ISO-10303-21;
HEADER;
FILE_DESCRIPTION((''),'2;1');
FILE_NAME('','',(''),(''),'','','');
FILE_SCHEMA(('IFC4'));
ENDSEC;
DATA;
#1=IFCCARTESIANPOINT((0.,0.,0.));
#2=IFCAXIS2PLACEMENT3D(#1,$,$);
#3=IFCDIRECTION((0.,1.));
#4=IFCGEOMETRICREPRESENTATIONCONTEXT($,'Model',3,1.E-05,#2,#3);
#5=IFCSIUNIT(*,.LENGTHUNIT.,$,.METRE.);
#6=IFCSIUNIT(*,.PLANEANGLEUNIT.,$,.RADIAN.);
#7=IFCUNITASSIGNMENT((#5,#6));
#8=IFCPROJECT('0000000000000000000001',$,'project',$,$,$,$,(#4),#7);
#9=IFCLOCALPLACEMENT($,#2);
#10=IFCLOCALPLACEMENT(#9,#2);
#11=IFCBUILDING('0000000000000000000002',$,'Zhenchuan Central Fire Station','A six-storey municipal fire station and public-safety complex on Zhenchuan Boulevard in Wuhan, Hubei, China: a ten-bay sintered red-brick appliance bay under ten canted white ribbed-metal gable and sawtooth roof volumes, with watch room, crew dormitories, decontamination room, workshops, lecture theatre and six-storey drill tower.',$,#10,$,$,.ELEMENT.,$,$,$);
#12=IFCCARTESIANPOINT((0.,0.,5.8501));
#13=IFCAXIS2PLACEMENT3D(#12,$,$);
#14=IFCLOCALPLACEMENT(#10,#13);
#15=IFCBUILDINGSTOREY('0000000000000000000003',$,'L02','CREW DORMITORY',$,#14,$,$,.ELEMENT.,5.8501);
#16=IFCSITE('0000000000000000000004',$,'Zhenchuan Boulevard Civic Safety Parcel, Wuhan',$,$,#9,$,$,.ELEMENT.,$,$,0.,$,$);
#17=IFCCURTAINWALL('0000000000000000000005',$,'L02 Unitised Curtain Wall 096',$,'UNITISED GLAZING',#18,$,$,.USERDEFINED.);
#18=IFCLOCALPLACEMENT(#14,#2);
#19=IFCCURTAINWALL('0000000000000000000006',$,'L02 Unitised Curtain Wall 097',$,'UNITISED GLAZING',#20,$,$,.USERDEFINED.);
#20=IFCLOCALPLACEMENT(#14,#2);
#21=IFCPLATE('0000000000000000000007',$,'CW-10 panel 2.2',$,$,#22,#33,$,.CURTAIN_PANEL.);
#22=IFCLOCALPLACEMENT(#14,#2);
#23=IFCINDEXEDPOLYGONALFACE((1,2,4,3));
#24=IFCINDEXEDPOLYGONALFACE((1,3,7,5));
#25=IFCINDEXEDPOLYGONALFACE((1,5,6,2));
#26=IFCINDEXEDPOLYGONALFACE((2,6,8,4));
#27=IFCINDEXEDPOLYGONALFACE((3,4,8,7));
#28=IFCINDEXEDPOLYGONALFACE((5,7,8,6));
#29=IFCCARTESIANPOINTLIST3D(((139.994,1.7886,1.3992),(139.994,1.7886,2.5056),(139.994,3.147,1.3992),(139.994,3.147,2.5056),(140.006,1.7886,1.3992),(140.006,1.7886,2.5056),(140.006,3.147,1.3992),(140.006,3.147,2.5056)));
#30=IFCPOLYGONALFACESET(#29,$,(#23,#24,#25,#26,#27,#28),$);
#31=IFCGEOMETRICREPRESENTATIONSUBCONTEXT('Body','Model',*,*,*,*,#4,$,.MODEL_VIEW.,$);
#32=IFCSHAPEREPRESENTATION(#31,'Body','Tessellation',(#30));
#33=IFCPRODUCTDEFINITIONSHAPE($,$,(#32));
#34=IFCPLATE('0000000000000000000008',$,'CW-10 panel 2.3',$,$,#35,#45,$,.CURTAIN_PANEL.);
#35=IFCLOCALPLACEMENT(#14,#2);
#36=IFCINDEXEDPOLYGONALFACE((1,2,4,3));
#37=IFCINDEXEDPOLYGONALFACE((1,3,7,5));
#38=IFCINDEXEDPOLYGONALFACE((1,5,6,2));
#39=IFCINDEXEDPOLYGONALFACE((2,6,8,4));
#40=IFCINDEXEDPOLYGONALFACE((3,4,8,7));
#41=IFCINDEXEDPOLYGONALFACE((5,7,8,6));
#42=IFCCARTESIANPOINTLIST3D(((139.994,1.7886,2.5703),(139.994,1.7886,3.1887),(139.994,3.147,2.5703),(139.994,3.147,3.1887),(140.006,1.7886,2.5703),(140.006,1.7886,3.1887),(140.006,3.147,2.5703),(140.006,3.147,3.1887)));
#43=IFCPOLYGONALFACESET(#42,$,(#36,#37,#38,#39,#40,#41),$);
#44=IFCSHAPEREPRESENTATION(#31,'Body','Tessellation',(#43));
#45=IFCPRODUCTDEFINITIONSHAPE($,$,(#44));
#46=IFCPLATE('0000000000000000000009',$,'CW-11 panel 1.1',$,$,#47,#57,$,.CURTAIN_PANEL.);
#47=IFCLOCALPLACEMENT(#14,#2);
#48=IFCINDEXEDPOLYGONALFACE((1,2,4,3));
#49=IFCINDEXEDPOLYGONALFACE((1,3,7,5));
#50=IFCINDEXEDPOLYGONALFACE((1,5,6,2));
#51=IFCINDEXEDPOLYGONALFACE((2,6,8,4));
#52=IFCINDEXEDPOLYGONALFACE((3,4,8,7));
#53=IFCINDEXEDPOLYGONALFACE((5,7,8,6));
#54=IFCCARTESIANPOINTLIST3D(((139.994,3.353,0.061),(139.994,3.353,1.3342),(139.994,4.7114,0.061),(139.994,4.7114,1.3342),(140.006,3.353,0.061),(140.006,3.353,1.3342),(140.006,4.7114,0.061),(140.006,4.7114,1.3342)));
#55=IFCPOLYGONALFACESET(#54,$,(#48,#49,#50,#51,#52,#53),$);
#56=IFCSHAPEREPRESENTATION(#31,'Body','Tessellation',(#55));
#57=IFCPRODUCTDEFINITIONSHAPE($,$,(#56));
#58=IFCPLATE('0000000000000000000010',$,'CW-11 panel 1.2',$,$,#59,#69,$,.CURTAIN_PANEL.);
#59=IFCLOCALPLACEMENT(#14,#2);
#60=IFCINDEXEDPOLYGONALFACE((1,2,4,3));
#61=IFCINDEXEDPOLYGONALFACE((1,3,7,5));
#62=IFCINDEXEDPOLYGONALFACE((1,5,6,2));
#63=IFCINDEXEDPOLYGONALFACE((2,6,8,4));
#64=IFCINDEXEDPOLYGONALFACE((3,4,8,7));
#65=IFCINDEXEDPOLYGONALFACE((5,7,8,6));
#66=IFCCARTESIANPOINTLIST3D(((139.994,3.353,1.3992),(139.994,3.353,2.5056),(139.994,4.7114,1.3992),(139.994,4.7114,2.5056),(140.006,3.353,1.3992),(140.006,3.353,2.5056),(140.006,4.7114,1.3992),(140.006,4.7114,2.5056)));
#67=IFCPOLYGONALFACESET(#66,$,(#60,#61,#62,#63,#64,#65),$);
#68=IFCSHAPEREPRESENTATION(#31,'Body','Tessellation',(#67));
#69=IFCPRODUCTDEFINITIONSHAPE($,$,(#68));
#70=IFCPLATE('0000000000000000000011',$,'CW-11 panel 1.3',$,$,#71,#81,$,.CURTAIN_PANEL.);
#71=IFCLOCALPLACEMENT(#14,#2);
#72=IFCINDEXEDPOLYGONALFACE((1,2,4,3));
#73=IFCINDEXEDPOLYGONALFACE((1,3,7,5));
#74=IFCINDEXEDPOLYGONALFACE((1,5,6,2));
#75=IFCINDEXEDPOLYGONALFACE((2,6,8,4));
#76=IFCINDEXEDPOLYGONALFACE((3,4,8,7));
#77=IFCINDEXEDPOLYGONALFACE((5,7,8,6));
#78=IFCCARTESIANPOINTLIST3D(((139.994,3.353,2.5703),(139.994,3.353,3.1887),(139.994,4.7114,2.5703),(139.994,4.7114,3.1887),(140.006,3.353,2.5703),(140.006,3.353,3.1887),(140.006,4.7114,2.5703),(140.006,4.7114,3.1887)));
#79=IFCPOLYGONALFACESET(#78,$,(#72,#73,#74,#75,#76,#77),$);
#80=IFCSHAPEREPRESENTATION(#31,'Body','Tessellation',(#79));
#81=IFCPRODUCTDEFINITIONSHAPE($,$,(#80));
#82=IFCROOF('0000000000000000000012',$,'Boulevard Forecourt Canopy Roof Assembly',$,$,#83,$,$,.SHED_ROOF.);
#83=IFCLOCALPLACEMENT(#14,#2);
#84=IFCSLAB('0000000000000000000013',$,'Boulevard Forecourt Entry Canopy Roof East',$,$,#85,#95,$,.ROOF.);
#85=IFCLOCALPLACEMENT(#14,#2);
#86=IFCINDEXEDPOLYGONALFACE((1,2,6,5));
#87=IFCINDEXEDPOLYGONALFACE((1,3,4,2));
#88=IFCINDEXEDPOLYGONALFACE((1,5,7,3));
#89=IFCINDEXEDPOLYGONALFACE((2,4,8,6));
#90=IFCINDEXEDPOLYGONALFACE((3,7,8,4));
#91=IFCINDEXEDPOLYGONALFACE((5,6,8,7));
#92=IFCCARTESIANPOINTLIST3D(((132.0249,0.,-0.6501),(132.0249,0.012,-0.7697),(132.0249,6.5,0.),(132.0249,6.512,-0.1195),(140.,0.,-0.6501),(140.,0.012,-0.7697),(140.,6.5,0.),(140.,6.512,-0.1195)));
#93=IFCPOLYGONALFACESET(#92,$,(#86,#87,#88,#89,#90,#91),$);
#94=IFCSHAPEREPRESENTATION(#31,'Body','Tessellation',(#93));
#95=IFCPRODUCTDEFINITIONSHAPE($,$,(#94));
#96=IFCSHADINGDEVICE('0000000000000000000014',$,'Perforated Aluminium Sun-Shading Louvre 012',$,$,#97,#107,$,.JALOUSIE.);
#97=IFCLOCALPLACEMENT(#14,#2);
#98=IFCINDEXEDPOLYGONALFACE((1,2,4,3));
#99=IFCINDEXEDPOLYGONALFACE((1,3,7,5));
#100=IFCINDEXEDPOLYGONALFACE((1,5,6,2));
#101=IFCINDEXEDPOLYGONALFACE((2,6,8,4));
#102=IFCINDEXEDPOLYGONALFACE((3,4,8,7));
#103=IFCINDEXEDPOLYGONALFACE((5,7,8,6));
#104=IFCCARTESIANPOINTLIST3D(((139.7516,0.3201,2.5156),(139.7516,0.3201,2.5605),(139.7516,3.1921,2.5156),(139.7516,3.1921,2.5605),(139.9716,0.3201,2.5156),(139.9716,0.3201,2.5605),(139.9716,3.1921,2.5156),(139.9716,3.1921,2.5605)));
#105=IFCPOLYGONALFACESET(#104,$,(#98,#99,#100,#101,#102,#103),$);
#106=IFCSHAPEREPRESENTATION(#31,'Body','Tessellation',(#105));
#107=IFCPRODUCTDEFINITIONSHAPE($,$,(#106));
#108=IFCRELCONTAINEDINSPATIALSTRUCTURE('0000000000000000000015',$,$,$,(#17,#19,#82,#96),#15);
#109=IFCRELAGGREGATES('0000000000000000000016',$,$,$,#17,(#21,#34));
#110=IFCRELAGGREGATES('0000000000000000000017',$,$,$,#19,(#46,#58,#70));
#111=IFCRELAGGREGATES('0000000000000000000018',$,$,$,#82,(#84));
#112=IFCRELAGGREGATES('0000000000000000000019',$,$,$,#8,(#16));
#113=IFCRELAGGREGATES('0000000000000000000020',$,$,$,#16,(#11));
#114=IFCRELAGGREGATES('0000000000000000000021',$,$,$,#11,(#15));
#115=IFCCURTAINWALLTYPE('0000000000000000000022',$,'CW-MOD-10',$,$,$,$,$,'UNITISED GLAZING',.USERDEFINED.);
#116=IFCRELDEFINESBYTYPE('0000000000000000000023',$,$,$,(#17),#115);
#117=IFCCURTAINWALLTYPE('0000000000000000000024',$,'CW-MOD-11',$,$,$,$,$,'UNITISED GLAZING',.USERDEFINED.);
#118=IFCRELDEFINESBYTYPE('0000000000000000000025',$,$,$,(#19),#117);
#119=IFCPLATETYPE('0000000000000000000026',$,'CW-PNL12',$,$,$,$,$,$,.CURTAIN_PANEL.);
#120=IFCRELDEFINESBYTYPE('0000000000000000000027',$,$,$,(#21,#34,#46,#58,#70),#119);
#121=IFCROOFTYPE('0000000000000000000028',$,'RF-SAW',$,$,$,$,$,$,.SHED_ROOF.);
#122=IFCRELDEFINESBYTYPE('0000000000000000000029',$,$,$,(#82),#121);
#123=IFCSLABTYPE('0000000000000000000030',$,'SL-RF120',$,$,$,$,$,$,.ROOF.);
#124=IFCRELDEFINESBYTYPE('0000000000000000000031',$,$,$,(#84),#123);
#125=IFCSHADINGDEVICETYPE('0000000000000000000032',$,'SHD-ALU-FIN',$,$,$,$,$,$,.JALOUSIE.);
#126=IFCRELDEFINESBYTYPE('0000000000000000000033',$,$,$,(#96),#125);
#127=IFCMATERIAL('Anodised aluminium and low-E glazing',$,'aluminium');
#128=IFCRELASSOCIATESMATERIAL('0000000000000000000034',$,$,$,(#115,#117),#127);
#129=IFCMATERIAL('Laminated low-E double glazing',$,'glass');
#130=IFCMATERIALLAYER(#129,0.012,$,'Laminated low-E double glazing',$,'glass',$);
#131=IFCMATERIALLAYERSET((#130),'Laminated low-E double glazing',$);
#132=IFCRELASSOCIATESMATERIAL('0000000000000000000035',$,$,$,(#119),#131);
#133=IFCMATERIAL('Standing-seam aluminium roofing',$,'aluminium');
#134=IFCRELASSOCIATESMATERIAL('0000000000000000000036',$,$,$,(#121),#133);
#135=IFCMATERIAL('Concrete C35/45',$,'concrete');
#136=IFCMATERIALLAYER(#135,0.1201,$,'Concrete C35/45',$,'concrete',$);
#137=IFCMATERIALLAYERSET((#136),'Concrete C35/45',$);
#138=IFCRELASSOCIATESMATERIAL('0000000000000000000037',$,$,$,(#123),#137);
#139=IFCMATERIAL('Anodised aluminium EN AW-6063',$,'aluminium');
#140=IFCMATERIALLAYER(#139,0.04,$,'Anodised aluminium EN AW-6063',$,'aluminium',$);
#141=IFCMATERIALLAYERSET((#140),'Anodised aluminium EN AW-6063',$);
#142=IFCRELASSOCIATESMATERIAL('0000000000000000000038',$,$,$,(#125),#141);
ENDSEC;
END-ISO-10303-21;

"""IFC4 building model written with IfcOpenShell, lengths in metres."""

from ifc_helpers import new_model, si_unit, direction, frame, origin, origin_2d, place, context, subcontext, project, spatial, polyline, rectangle, outline, extrude, material, layer, layer_set, type_object, element, aggregate, save


model = new_model("IFC4")

# Units and contexts
model_context = context("Model", 3, precision=1e-05, world=origin(), true_north=direction((0.0, 1.0)))
body_context = subcontext(model_context, "Body", "Model", "MODEL_VIEW")
ifc_project = project(units=[si_unit("LENGTHUNIT", "METRE"), si_unit("PLANEANGLEUNIT", "RADIAN")], contexts=[model_context])

# Site, building, storey
site_placement = place(None, origin())
site = spatial("IfcSite", under=ifc_project, at=site_placement, Name="Zhenchuan Boulevard Civic Safety Parcel, Wuhan", CompositionType="ELEMENT", RefElevation=0.0)
building_placement = place(site_placement, origin())
building = spatial("IfcBuilding", under=site, at=building_placement, Name="Zhenchuan Central Fire Station", Description="A six-storey municipal fire station and public-safety complex on Zhenchuan Boulevard in Wuhan, Hubei, China: a ten-bay sintered red-brick appliance bay under ten canted white ribbed-metal gable and sawtooth roof volumes, with watch room, crew dormitories, decontamination room, workshops, lecture theatre and six-storey drill tower.", CompositionType="ELEMENT")
storey_placement = place(building_placement, frame((0.0, 0.0, 5.8501)))
storey = spatial("IfcBuildingStorey", under=building, at=storey_placement, Name="L02", Description="CREW DORMITORY", CompositionType="ELEMENT", Elevation=5.8501)

# Curtain walls
ifc_material_1 = material(Name="Anodised aluminium and low-E glazing", Category="aluminium")
curtain_wall_type_1 = type_object("IfcCurtainWallType", Name="CW-MOD-10", ElementType="UNITISED GLAZING", PredefinedType="USERDEFINED", material=ifc_material_1)
curtain_wall_1_placement = place(storey_placement, origin())
curtain_wall_1 = element("IfcCurtainWall", 1, at=curtain_wall_1_placement, inside=storey, type_object=curtain_wall_type_1, Name="L02 Unitised Curtain Wall 096", ObjectType="UNITISED GLAZING", PredefinedType="USERDEFINED")
ifc_material_2 = material(Name="Anodised aluminium EN AW-6063", Category="aluminium")
curtain_wall_type_2 = type_object("IfcCurtainWallType", Name="CW-MOD-11", ElementType="UNITISED GLAZING", PredefinedType="USERDEFINED", material=ifc_material_1)
curtain_wall_2_placement = place(storey_placement, origin())
curtain_wall_2 = element("IfcCurtainWall", 2, at=curtain_wall_2_placement, inside=storey, type_object=curtain_wall_type_2, Name="L02 Unitised Curtain Wall 097", ObjectType="UNITISED GLAZING", PredefinedType="USERDEFINED")

# Plates
ifc_material_3 = material(Name="Laminated low-E double glazing", Category="glass")
ifc_layer_1 = layer(ifc_material_3, 0.012, Name="Laminated low-E double glazing", Category="glass")
ifc_layer_set_1 = layer_set([ifc_layer_1], Name="Laminated low-E double glazing")
plate_type = type_object("IfcPlateType", Name="CW-PNL12", PredefinedType="CURTAIN_PANEL", material=ifc_layer_set_1)
plate_1_placement = place(storey_placement, frame((140.0, 2.4678, 1.3992), z_axis=(0.0, 0.0, 1.0), x_axis=(0.0, 1.0, 0.0)))
plate_1 = element("IfcPlate", 3, at=plate_1_placement, type_object=plate_type, Name="CW-10 panel 2.2", PredefinedType="CURTAIN_PANEL", context=body_context, shape_type="SweptSolid", body=[
    extrude(rectangle(XDim=1.3584, YDim=0.012, at=origin_2d()), origin(), (0.0, 0.0, 1.0), 1.1064),
])
plate_2_placement = place(storey_placement, frame((140.0, 2.4678, 2.5703), z_axis=(0.0, 0.0, 1.0), x_axis=(0.0, 1.0, 0.0)))
plate_2 = element("IfcPlate", 4, at=plate_2_placement, type_object=plate_type, Name="CW-10 panel 2.3", PredefinedType="CURTAIN_PANEL", context=body_context, shape_type="SweptSolid", body=[
    extrude(rectangle(XDim=1.3584, YDim=0.012, at=origin_2d()), origin(), (0.0, 0.0, 1.0), 0.6184),
])
aggregate(curtain_wall_1, [plate_1, plate_2])
plate_3_placement = place(storey_placement, frame((140.0, 4.0322, 0.061), z_axis=(0.0, 0.0, 1.0), x_axis=(0.0, 1.0, 0.0)))
plate_3 = element("IfcPlate", 5, at=plate_3_placement, type_object=plate_type, Name="CW-11 panel 1.1", PredefinedType="CURTAIN_PANEL", context=body_context, shape_type="SweptSolid", body=[
    extrude(rectangle(XDim=1.3584, YDim=0.012, at=origin_2d()), origin(), (0.0, 0.0, 1.0), 1.2732),
])
plate_4_placement = place(storey_placement, frame((140.0, 4.0322, 1.3992), z_axis=(0.0, 0.0, 1.0), x_axis=(0.0, 1.0, 0.0)))
plate_4 = element("IfcPlate", 6, at=plate_4_placement, type_object=plate_type, Name="CW-11 panel 1.2", PredefinedType="CURTAIN_PANEL", context=body_context, shape_type="SweptSolid", body=[
    extrude(rectangle(XDim=1.3584, YDim=0.012, at=origin_2d()), origin(), (0.0, 0.0, 1.0), 1.1064),
])
plate_5_placement = place(storey_placement, frame((140.0, 4.0322, 2.5703), z_axis=(0.0, 0.0, 1.0), x_axis=(0.0, 1.0, 0.0)))
plate_5 = element("IfcPlate", 7, at=plate_5_placement, type_object=plate_type, Name="CW-11 panel 1.3", PredefinedType="CURTAIN_PANEL", context=body_context, shape_type="SweptSolid", body=[
    extrude(rectangle(XDim=1.3584, YDim=0.012, at=origin_2d()), origin(), (0.0, 0.0, 1.0), 0.6184),
])
aggregate(curtain_wall_2, [plate_3, plate_4, plate_5])

# Roof, slab
ifc_material_4 = material(Name="Standing-seam aluminium roofing", Category="aluminium")
roof_type = type_object("IfcRoofType", Name="RF-SAW", PredefinedType="SHED_ROOF", material=ifc_material_4)
roof_placement = place(storey_placement, origin())
roof = element("IfcRoof", 8, at=roof_placement, inside=storey, type_object=roof_type, Name="Boulevard Forecourt Canopy Roof Assembly", PredefinedType="SHED_ROOF")
ifc_material_5 = material(Name="Concrete C35/45", Category="concrete")
ifc_layer_2 = layer(ifc_material_5, 0.1201, Name="Concrete C35/45", Category="concrete")
ifc_layer_set_2 = layer_set([ifc_layer_2], Name="Concrete C35/45")
slab_type = type_object("IfcSlabType", Name="SL-RF120", PredefinedType="ROOF", material=ifc_layer_set_2)
slab_placement = place(storey_placement, frame((132.0249, 0.0, -0.6501), z_axis=(0.0, -0.099526, 0.995035), x_axis=(1.0, 0.0, 0.0)))
slab = element("IfcSlab", 9, at=slab_placement, type_object=slab_type, Name="Boulevard Forecourt Entry Canopy Roof East", PredefinedType="ROOF", context=body_context, shape_type="SweptSolid", body=[
    extrude(outline(polyline([(0.0, 0.0), (7.9751, 0.0), (7.9751, 6.5324), (0.0, 6.5324), (0.0, 0.0)])), origin(), (0.0, 0.0, -1.0), 0.1201),
])
aggregate(roof, [slab])

# Shading device
ifc_layer_3 = layer(ifc_material_2, 0.04, Name="Anodised aluminium EN AW-6063", Category="aluminium")
ifc_layer_set_3 = layer_set([ifc_layer_3], Name="Anodised aluminium EN AW-6063")
shading_device_type = type_object("IfcShadingDeviceType", Name="SHD-ALU-FIN", PredefinedType="JALOUSIE", material=ifc_layer_set_3)
shading_device_placement = place(storey_placement, frame((139.8616, 1.7561, 2.5156), z_axis=(0.0, 0.0, 1.0), x_axis=(0.0, 1.0, 0.0)))
element("IfcShadingDevice", 10, at=shading_device_placement, inside=storey, type_object=shading_device_type, Name="Perforated Aluminium Sun-Shading Louvre 012", PredefinedType="JALOUSIE", context=body_context, shape_type="SweptSolid", body=[
    extrude(rectangle(XDim=2.8721, YDim=0.22, at=origin_2d()), origin(), (0.0, 0.0, 1.0), 0.0449),
])

save(model, "model.ifc")
